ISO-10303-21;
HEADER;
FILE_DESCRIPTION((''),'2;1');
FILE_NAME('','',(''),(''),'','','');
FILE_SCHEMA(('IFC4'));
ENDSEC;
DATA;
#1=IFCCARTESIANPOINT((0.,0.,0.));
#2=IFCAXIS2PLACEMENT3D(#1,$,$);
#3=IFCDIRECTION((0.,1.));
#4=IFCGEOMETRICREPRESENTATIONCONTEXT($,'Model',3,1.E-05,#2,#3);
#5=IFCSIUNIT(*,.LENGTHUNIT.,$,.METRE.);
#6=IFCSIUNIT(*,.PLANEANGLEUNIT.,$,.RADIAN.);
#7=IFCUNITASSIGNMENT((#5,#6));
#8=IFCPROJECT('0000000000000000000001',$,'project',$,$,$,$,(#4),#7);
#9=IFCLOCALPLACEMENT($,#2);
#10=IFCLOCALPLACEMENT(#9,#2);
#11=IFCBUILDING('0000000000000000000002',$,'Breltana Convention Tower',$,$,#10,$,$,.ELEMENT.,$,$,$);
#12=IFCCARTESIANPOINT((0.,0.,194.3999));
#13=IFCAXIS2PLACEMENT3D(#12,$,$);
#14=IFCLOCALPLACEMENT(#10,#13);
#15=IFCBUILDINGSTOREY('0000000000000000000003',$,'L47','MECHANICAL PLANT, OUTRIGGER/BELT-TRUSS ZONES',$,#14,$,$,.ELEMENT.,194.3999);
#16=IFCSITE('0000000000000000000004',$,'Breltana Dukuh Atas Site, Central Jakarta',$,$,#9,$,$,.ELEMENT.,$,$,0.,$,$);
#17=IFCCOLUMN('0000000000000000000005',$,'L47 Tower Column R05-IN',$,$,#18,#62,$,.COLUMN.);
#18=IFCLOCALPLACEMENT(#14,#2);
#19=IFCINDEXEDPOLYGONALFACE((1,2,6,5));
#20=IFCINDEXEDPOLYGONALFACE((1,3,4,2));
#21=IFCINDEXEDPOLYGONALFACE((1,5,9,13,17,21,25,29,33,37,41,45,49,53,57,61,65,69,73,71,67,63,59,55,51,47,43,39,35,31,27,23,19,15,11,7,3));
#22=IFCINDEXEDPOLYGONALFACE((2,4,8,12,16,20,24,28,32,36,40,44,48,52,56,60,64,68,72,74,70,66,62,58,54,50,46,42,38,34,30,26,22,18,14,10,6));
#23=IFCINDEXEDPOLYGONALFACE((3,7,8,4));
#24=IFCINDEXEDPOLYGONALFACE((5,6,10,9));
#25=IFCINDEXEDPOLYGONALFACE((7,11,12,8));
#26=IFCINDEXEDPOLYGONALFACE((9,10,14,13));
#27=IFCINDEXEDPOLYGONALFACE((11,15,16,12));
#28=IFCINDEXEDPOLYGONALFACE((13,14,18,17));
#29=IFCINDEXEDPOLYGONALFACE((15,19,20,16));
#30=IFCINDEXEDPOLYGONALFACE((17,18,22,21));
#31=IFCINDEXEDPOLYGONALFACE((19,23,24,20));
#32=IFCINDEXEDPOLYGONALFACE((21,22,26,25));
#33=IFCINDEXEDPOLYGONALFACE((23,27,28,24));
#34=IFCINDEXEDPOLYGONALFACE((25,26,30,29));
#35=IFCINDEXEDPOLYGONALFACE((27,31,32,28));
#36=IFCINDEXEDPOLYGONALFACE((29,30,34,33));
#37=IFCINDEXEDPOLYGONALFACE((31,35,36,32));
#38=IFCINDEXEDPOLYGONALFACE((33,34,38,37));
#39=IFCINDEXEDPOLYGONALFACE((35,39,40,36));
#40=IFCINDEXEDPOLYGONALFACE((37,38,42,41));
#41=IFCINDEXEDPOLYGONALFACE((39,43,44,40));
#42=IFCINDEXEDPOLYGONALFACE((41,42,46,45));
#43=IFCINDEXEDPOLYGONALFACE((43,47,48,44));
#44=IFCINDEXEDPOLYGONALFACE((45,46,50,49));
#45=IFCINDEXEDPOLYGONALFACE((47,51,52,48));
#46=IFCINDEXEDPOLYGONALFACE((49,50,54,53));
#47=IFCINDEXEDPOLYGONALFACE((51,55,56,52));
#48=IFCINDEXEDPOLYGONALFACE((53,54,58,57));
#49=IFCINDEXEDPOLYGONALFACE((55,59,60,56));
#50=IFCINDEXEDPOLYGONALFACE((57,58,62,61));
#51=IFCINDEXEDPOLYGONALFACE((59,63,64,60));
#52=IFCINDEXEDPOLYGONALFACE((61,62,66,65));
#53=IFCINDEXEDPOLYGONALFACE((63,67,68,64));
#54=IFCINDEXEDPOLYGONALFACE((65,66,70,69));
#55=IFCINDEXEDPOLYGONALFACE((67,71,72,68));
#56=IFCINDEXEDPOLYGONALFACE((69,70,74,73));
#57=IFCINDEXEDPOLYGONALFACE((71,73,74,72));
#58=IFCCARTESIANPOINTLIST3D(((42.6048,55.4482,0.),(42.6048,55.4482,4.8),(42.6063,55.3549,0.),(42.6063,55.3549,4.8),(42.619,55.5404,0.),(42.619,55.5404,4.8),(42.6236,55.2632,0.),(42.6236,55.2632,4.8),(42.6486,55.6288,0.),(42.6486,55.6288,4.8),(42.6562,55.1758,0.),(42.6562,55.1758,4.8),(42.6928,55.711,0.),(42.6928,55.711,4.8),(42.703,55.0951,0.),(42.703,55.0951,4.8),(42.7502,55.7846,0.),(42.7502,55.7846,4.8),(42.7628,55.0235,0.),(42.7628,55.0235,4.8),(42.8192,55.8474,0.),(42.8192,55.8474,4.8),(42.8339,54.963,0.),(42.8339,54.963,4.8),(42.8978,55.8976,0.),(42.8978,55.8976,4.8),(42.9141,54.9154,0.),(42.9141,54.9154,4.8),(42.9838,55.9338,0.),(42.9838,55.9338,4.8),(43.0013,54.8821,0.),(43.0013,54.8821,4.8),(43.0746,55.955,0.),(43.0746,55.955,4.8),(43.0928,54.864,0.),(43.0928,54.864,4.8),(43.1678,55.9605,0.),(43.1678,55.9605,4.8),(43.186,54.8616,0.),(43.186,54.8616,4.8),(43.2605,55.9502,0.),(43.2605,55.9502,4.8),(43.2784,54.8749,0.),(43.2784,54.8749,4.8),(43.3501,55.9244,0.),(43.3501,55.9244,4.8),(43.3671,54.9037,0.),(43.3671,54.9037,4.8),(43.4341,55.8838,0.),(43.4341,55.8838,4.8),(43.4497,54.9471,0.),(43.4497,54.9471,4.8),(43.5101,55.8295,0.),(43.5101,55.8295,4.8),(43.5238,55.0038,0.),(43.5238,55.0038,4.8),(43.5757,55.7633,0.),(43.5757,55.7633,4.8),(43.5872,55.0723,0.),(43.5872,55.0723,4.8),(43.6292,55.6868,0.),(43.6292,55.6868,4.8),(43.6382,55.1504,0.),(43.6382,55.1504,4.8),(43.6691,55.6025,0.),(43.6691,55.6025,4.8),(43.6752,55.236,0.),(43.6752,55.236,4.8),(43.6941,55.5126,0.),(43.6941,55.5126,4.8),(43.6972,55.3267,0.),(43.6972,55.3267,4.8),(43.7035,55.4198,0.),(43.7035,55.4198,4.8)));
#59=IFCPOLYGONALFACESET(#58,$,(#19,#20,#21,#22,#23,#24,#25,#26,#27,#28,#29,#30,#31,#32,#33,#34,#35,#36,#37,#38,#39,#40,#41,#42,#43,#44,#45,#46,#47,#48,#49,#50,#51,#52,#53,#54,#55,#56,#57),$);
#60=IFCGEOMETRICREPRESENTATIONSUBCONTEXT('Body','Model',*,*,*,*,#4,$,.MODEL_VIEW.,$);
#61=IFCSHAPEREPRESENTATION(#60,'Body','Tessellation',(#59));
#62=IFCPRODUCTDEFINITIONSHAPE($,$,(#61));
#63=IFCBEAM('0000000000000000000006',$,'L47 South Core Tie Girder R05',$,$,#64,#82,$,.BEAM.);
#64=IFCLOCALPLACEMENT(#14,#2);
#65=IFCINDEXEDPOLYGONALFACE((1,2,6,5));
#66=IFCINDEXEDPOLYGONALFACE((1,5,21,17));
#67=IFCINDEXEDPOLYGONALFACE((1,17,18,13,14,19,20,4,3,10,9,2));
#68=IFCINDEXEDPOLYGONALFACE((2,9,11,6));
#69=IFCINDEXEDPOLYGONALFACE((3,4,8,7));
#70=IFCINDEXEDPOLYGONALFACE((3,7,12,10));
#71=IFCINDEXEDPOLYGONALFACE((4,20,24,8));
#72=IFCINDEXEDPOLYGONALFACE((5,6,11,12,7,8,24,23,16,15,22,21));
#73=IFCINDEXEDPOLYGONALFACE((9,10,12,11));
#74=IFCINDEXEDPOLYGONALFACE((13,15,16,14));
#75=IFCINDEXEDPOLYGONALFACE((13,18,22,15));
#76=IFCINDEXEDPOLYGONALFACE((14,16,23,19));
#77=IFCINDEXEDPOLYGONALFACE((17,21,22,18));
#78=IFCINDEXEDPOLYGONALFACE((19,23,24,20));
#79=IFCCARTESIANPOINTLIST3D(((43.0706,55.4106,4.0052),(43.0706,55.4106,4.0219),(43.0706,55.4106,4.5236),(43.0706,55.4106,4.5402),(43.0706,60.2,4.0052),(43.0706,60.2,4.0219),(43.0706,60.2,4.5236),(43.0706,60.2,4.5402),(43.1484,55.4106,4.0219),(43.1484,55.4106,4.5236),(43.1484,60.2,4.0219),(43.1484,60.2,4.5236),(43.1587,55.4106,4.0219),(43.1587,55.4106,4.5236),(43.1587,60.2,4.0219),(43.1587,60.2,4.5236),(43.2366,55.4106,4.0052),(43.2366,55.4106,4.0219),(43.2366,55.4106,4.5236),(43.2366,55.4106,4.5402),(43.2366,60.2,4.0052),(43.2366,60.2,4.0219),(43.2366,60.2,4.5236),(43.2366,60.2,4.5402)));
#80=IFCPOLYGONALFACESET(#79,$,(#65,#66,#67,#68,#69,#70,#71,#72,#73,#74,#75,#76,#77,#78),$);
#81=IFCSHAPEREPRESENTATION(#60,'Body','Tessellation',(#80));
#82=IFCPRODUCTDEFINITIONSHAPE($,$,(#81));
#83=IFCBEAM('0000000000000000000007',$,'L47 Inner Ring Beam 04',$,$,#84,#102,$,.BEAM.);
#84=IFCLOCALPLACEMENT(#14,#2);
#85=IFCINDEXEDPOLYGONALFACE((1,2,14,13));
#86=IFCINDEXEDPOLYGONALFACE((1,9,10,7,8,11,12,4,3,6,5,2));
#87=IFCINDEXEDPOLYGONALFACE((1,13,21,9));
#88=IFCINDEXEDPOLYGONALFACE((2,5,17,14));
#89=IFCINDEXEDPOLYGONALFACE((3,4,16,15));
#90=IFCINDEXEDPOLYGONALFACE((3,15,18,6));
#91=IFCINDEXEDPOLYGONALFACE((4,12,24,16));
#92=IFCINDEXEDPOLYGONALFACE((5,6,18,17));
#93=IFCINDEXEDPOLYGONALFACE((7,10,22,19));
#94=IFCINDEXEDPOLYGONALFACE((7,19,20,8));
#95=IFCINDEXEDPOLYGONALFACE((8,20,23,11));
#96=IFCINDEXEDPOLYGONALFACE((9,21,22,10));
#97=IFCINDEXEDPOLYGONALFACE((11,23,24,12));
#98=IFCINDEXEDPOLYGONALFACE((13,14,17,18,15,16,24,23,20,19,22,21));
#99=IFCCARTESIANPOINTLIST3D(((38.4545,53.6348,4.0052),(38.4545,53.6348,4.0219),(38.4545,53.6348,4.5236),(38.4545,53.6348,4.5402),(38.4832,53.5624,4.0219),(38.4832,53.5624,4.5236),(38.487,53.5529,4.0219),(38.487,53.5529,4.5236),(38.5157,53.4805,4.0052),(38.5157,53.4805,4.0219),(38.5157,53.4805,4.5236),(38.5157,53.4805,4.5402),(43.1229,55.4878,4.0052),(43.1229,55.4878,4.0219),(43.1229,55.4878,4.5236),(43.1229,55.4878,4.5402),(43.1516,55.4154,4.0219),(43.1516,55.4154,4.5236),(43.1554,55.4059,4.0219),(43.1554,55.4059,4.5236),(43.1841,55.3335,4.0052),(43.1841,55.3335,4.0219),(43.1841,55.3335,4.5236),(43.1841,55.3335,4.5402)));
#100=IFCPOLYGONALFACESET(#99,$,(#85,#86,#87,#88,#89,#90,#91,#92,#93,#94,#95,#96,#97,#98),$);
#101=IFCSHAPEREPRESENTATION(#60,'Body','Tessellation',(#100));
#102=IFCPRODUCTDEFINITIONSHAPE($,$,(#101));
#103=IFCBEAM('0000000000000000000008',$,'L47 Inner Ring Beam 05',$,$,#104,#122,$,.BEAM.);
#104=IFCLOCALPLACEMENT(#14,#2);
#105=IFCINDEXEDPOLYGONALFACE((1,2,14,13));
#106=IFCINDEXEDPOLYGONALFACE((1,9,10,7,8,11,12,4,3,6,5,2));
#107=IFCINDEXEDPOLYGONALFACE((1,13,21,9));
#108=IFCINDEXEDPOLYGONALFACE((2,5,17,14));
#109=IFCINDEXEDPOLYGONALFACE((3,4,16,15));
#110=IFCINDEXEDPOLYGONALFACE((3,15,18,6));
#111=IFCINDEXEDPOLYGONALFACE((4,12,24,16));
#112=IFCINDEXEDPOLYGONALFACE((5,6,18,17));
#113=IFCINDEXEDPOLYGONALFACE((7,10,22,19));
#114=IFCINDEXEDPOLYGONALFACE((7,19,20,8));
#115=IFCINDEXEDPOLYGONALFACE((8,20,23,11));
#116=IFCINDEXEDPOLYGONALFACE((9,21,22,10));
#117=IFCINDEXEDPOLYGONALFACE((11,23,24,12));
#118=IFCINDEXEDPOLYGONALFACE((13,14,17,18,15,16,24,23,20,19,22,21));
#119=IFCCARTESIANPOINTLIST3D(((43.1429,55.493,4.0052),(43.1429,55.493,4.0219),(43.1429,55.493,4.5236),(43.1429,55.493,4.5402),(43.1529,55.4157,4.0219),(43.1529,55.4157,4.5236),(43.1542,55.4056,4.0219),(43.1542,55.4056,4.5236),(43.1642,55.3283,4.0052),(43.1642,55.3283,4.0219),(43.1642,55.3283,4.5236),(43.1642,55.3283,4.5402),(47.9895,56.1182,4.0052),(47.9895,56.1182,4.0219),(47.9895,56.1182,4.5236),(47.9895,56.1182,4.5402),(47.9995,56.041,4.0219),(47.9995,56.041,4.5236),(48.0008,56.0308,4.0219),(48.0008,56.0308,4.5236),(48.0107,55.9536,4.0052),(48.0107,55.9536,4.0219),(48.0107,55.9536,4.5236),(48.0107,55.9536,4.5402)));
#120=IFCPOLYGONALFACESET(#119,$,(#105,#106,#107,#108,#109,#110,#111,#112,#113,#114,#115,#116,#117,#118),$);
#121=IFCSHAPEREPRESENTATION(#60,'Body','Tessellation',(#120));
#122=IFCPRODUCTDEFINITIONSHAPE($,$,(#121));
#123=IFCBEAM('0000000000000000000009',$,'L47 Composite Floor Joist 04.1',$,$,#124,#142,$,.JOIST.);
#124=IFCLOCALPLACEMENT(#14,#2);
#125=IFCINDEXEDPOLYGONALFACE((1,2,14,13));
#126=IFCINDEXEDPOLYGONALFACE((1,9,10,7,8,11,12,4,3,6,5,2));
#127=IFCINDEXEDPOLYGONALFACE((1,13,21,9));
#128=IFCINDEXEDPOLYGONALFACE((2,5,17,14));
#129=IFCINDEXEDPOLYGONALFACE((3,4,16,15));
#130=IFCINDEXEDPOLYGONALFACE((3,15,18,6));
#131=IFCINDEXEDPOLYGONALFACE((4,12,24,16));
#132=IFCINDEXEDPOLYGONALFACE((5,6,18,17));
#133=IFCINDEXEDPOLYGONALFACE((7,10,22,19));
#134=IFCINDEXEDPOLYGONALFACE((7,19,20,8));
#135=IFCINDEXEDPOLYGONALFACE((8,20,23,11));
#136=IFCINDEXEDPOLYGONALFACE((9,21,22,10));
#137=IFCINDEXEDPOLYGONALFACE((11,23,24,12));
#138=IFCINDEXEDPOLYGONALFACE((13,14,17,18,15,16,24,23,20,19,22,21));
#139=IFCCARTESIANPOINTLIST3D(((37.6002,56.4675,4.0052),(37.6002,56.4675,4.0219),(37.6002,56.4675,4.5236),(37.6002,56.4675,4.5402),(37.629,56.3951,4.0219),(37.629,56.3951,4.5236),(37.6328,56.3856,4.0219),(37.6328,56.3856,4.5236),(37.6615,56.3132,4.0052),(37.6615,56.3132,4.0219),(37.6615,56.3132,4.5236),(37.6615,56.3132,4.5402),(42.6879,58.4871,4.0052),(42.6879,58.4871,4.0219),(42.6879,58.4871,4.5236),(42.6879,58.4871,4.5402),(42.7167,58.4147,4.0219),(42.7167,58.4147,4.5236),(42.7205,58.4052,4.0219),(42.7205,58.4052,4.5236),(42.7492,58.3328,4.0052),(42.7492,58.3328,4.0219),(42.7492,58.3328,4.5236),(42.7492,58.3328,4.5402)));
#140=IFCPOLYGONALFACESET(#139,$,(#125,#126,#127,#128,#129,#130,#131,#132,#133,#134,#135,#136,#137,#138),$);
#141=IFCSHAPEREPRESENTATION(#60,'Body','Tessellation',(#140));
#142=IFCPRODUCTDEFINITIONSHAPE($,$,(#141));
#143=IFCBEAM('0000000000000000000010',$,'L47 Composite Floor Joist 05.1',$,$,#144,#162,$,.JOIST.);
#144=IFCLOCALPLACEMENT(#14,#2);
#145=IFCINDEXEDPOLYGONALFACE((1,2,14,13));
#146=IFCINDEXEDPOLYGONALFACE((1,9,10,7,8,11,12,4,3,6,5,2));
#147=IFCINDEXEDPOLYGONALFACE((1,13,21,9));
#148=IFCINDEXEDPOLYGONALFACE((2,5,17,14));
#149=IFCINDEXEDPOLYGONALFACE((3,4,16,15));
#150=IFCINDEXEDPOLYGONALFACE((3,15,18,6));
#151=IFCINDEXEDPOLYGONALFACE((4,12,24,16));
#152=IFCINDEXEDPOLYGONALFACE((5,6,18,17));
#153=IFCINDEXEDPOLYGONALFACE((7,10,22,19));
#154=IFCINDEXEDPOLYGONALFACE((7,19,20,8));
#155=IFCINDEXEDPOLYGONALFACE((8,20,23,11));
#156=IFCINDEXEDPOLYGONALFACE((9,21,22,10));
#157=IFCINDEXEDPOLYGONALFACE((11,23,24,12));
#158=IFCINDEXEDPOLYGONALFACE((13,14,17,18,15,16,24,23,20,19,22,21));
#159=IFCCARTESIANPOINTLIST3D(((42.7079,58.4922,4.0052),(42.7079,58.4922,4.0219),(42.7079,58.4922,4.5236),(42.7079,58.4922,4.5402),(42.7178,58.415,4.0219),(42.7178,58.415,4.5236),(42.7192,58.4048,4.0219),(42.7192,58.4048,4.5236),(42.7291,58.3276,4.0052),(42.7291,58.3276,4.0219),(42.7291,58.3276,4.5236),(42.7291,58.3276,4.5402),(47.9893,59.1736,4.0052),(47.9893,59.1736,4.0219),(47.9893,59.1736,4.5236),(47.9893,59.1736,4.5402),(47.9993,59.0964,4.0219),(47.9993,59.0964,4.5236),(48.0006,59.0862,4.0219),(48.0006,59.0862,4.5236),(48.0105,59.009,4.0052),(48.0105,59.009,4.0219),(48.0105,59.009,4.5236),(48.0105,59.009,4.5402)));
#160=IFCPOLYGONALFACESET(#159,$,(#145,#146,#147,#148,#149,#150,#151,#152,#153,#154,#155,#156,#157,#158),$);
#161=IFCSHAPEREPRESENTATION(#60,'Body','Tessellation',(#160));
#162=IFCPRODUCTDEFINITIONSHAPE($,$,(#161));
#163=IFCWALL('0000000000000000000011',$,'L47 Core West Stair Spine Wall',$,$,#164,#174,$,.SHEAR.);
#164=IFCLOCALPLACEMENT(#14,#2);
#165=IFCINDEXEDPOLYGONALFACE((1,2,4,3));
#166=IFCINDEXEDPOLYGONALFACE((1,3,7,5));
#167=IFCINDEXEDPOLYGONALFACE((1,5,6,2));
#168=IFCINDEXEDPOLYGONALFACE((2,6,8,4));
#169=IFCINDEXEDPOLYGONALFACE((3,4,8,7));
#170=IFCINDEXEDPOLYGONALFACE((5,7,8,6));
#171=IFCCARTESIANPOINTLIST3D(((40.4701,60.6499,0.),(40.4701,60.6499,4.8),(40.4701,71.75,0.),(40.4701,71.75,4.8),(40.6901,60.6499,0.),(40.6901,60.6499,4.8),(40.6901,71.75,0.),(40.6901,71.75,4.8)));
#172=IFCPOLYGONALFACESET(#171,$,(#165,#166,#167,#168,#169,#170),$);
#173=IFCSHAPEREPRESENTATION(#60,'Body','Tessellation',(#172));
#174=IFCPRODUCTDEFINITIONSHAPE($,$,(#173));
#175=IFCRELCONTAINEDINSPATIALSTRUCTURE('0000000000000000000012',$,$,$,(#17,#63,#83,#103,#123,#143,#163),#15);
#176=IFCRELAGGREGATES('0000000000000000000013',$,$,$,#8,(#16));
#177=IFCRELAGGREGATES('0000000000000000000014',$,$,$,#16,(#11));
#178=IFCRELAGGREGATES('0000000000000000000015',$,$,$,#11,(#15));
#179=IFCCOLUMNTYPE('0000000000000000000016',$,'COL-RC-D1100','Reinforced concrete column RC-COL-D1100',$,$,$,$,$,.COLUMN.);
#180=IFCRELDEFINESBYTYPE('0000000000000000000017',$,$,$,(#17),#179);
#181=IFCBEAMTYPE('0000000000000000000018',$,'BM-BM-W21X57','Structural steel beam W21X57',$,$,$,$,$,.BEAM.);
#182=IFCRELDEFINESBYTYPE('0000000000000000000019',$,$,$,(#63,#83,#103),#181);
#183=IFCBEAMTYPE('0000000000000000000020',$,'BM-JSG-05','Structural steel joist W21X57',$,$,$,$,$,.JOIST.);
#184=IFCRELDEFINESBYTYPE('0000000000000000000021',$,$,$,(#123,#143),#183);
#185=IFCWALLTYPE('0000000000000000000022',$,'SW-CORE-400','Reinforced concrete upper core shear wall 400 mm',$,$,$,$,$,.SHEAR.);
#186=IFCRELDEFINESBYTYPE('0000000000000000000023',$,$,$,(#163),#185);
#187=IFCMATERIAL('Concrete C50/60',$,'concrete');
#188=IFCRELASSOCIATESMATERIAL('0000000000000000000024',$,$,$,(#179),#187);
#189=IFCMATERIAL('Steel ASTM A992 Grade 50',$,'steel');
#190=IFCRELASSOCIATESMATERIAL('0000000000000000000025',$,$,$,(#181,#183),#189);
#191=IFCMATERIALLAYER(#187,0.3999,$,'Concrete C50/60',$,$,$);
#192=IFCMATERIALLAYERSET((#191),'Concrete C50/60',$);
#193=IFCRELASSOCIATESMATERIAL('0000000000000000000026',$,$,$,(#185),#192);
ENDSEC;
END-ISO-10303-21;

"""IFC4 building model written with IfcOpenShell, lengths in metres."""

from ifc_helpers import new_model, si_unit, direction, frame, frame_2d, origin, origin_2d, place, context, subcontext, project, spatial, rectangle, circle, i_section, extrude, source, transform, mapped, material, layer, layer_set, material_profile, profile_set, type_object, element, save


model = new_model("IFC4")

# Units and contexts
model_context = context("Model", 3, precision=1e-05, world=origin(), true_north=direction((0.0, 1.0)))
body_context = subcontext(model_context, "Body", "Model", "MODEL_VIEW")
ifc_project = project(units=[si_unit("LENGTHUNIT", "METRE"), si_unit("PLANEANGLEUNIT", "RADIAN")], contexts=[model_context])

# Site, building, storey
site_placement = place(None, origin())
site = spatial("IfcSite", under=ifc_project, at=site_placement, Name="Breltana Dukuh Atas Site, Central Jakarta", CompositionType="ELEMENT", RefElevation=0.0)
building_placement = place(site_placement, origin())
building = spatial("IfcBuilding", under=site, at=building_placement, Name="Breltana Convention Tower", CompositionType="ELEMENT")
storey_placement = place(building_placement, frame((0.0, 0.0, 194.3999)))
storey = spatial("IfcBuildingStorey", under=building, at=storey_placement, Name="L47", Description="MECHANICAL PLANT, OUTRIGGER/BELT-TRUSS ZONES", CompositionType="ELEMENT", Elevation=194.3999)

# Column
ifc_material_1 = material(Name="Concrete C50/60", Category="concrete")
ifc_material_profile_1 = material_profile(ifc_material_1, circle(Radius=0.55, at=origin_2d()), Name="RC-COL-D1100")
ifc_profile_set_1 = profile_set([ifc_material_profile_1], Name="Concrete C50/60")
column_type = type_object("IfcColumnType", Name="COL-RC-D1100", Description="Reinforced concrete column RC-COL-D1100", PredefinedType="COLUMN", material=ifc_profile_set_1)
shared_shape_1 = source(origin(), body_context, "Body", "SweptSolid", [
    extrude(circle(Radius=0.55, at=origin_2d()), origin(), (0.0, 0.0, 1.0), 4.8),
])
for number, where, z_axis, x_axis, name in (
    (1, (43.1536, 55.4106, 0.0), (0.0, 0.0, 1.0), (-0.143493, 0.989651, 0.0), "L47 Tower Column R05-IN"),
):
    element("IfcColumn", number, at=place(storey_placement, frame(where, z_axis=z_axis, x_axis=x_axis)), inside=storey, type_object=column_type, Name=name, PredefinedType="COLUMN", context=body_context, shape_type="MappedRepresentation", body=[
        mapped(shared_shape_1, transform((0.0, 0.0, 0.0), scale=1.0)),
    ])

# Beams
ifc_material_2 = material(Name="Steel ASTM A992 Grade 50", Category="steel")
ifc_material_profile_2 = material_profile(ifc_material_2, i_section(OverallWidth=0.166, OverallDepth=0.5349, WebThickness=0.0103, FlangeThickness=0.0166, at=origin_2d()), Name="W21X57")
ifc_profile_set_2 = profile_set([ifc_material_profile_2], Name="Steel ASTM A992 Grade 50")
beam_type_1 = type_object("IfcBeamType", Name="BM-BM-W21X57", Description="Structural steel beam W21X57", PredefinedType="BEAM", material=ifc_profile_set_2)
shared_shape_2 = source(origin(), body_context, "Body", "SweptSolid", [
    extrude(i_section(OverallWidth=0.166, OverallDepth=0.5349, WebThickness=0.0103, FlangeThickness=0.0166, at=origin_2d()), origin(), (0.0, 0.0, 1.0), 4.7893),
])
beam_1_placement = place(storey_placement, frame((43.1536, 60.2, 4.2727), z_axis=(0.0, -1.0, 0.0), x_axis=(1.0, 0.0, 0.0)))
element("IfcBeam", 2, at=beam_1_placement, inside=storey, type_object=beam_type_1, Name="L47 South Core Tie Girder R05", PredefinedType="BEAM", context=body_context, shape_type="MappedRepresentation", body=[
    mapped(shared_shape_2, transform((0.0, 0.0, 0.0), scale=1.0)),
])
shared_shape_3 = source(origin(), body_context, "Body", "SweptSolid", [
    extrude(i_section(OverallWidth=0.166, OverallDepth=0.5349, WebThickness=0.0103, FlangeThickness=0.0166, at=origin_2d()), origin(), (0.0, 0.0, 1.0), 5.0227),
])
beam_2_placement = place(storey_placement, frame((38.4851, 53.5576, 4.2727), z_axis=(0.929459, 0.368926, 0.0), x_axis=(-0.368926, 0.929459, 0.0)))
element("IfcBeam", 3, at=beam_2_placement, inside=storey, type_object=beam_type_1, Name="L47 Inner Ring Beam 04", PredefinedType="BEAM", context=body_context, shape_type="MappedRepresentation", body=[
    mapped(shared_shape_3, transform((0.0, 0.0, 0.0), scale=1.0)),
])
shared_shape_4 = source(origin(), body_context, "Body", "SweptSolid", [
    extrude(i_section(OverallWidth=0.166, OverallDepth=0.5349, WebThickness=0.0103, FlangeThickness=0.0166, at=origin_2d()), origin(), (0.0, 0.0, 1.0), 4.8867),
])
beam_3_placement = place(storey_placement, frame((43.1536, 55.4106, 4.2727), z_axis=(0.991781, 0.127951, 0.0), x_axis=(-0.127951, 0.991781, 0.0)))
element("IfcBeam", 4, at=beam_3_placement, inside=storey, type_object=beam_type_1, Name="L47 Inner Ring Beam 05", PredefinedType="BEAM", context=body_context, shape_type="MappedRepresentation", body=[
    mapped(shared_shape_4, transform((0.0, 0.0, 0.0), scale=1.0)),
])
ifc_material_profile_3 = material_profile(ifc_material_2, i_section(OverallWidth=0.166, OverallDepth=0.5349, WebThickness=0.0103, FlangeThickness=0.0166, at=origin_2d()), Name="W21X57")
ifc_profile_set_3 = profile_set([ifc_material_profile_3], Name="Steel ASTM A992 Grade 50")
beam_type_2 = type_object("IfcBeamType", Name="BM-JSG-05", Description="Structural steel joist W21X57", PredefinedType="JOIST", material=ifc_profile_set_3)
shared_shape_5 = source(origin(), body_context, "Body", "SweptSolid", [
    extrude(i_section(OverallWidth=0.166, OverallDepth=0.5349, WebThickness=0.0103, FlangeThickness=0.0166, at=origin_2d()), origin(), (0.0, 0.0, 1.0), 5.4739),
])
beam_4_placement = place(storey_placement, frame((37.6309, 56.3904, 4.2727), z_axis=(0.929452, 0.368944, 0.0), x_axis=(-0.368944, 0.929452, 0.0)))
element("IfcBeam", 5, at=beam_4_placement, inside=storey, type_object=beam_type_2, Name="L47 Composite Floor Joist 04.1", PredefinedType="JOIST", context=body_context, shape_type="MappedRepresentation", body=[
    mapped(shared_shape_5, transform((0.0, 0.0, 0.0), scale=1.0)),
])
shared_shape_6 = source(origin(), body_context, "Body", "SweptSolid", [
    extrude(i_section(OverallWidth=0.166, OverallDepth=0.5349, WebThickness=0.0103, FlangeThickness=0.0166, at=origin_2d()), origin(), (0.0, 0.0, 1.0), 5.3252),
])
beam_5_placement = place(storey_placement, frame((42.7185, 58.4099, 4.2727), z_axis=(0.99178, 0.127955, 0.0), x_axis=(-0.127955, 0.99178, 0.0)))
element("IfcBeam", 6, at=beam_5_placement, inside=storey, type_object=beam_type_2, Name="L47 Composite Floor Joist 05.1", PredefinedType="JOIST", context=body_context, shape_type="MappedRepresentation", body=[
    mapped(shared_shape_6, transform((0.0, 0.0, 0.0), scale=1.0)),
])

# Wall
ifc_layer_1 = layer(ifc_material_1, 0.3999, Name="Concrete C50/60")
ifc_layer_set_1 = layer_set([ifc_layer_1], Name="Concrete C50/60")
wall_type_1 = type_object("IfcWallType", Name="SW-CORE-400", Description="Reinforced concrete upper core shear wall 400 mm", PredefinedType="SHEAR", material=ifc_layer_set_1)
shared_shape_7 = source(origin(), body_context, "Body", "SweptSolid", [
    extrude(rectangle(XDim=11.1001, YDim=0.22, at=frame_2d((5.55, 0.0))), origin(), (0.0, 0.0, 1.0), 4.8),
])
wall_1_placement = place(storey_placement, frame((40.5801, 60.6499, 0.0), z_axis=(0.0, 0.0, 1.0), x_axis=(0.0, 1.0, 0.0)))
element("IfcWall", 7, at=wall_1_placement, inside=storey, type_object=wall_type_1, Name="L47 Core West Stair Spine Wall", PredefinedType="SHEAR", context=body_context, shape_type="MappedRepresentation", body=[
    mapped(shared_shape_7, transform((0.0, 0.0, 0.0), scale=1.0)),
])

save(model, "model.ifc")
